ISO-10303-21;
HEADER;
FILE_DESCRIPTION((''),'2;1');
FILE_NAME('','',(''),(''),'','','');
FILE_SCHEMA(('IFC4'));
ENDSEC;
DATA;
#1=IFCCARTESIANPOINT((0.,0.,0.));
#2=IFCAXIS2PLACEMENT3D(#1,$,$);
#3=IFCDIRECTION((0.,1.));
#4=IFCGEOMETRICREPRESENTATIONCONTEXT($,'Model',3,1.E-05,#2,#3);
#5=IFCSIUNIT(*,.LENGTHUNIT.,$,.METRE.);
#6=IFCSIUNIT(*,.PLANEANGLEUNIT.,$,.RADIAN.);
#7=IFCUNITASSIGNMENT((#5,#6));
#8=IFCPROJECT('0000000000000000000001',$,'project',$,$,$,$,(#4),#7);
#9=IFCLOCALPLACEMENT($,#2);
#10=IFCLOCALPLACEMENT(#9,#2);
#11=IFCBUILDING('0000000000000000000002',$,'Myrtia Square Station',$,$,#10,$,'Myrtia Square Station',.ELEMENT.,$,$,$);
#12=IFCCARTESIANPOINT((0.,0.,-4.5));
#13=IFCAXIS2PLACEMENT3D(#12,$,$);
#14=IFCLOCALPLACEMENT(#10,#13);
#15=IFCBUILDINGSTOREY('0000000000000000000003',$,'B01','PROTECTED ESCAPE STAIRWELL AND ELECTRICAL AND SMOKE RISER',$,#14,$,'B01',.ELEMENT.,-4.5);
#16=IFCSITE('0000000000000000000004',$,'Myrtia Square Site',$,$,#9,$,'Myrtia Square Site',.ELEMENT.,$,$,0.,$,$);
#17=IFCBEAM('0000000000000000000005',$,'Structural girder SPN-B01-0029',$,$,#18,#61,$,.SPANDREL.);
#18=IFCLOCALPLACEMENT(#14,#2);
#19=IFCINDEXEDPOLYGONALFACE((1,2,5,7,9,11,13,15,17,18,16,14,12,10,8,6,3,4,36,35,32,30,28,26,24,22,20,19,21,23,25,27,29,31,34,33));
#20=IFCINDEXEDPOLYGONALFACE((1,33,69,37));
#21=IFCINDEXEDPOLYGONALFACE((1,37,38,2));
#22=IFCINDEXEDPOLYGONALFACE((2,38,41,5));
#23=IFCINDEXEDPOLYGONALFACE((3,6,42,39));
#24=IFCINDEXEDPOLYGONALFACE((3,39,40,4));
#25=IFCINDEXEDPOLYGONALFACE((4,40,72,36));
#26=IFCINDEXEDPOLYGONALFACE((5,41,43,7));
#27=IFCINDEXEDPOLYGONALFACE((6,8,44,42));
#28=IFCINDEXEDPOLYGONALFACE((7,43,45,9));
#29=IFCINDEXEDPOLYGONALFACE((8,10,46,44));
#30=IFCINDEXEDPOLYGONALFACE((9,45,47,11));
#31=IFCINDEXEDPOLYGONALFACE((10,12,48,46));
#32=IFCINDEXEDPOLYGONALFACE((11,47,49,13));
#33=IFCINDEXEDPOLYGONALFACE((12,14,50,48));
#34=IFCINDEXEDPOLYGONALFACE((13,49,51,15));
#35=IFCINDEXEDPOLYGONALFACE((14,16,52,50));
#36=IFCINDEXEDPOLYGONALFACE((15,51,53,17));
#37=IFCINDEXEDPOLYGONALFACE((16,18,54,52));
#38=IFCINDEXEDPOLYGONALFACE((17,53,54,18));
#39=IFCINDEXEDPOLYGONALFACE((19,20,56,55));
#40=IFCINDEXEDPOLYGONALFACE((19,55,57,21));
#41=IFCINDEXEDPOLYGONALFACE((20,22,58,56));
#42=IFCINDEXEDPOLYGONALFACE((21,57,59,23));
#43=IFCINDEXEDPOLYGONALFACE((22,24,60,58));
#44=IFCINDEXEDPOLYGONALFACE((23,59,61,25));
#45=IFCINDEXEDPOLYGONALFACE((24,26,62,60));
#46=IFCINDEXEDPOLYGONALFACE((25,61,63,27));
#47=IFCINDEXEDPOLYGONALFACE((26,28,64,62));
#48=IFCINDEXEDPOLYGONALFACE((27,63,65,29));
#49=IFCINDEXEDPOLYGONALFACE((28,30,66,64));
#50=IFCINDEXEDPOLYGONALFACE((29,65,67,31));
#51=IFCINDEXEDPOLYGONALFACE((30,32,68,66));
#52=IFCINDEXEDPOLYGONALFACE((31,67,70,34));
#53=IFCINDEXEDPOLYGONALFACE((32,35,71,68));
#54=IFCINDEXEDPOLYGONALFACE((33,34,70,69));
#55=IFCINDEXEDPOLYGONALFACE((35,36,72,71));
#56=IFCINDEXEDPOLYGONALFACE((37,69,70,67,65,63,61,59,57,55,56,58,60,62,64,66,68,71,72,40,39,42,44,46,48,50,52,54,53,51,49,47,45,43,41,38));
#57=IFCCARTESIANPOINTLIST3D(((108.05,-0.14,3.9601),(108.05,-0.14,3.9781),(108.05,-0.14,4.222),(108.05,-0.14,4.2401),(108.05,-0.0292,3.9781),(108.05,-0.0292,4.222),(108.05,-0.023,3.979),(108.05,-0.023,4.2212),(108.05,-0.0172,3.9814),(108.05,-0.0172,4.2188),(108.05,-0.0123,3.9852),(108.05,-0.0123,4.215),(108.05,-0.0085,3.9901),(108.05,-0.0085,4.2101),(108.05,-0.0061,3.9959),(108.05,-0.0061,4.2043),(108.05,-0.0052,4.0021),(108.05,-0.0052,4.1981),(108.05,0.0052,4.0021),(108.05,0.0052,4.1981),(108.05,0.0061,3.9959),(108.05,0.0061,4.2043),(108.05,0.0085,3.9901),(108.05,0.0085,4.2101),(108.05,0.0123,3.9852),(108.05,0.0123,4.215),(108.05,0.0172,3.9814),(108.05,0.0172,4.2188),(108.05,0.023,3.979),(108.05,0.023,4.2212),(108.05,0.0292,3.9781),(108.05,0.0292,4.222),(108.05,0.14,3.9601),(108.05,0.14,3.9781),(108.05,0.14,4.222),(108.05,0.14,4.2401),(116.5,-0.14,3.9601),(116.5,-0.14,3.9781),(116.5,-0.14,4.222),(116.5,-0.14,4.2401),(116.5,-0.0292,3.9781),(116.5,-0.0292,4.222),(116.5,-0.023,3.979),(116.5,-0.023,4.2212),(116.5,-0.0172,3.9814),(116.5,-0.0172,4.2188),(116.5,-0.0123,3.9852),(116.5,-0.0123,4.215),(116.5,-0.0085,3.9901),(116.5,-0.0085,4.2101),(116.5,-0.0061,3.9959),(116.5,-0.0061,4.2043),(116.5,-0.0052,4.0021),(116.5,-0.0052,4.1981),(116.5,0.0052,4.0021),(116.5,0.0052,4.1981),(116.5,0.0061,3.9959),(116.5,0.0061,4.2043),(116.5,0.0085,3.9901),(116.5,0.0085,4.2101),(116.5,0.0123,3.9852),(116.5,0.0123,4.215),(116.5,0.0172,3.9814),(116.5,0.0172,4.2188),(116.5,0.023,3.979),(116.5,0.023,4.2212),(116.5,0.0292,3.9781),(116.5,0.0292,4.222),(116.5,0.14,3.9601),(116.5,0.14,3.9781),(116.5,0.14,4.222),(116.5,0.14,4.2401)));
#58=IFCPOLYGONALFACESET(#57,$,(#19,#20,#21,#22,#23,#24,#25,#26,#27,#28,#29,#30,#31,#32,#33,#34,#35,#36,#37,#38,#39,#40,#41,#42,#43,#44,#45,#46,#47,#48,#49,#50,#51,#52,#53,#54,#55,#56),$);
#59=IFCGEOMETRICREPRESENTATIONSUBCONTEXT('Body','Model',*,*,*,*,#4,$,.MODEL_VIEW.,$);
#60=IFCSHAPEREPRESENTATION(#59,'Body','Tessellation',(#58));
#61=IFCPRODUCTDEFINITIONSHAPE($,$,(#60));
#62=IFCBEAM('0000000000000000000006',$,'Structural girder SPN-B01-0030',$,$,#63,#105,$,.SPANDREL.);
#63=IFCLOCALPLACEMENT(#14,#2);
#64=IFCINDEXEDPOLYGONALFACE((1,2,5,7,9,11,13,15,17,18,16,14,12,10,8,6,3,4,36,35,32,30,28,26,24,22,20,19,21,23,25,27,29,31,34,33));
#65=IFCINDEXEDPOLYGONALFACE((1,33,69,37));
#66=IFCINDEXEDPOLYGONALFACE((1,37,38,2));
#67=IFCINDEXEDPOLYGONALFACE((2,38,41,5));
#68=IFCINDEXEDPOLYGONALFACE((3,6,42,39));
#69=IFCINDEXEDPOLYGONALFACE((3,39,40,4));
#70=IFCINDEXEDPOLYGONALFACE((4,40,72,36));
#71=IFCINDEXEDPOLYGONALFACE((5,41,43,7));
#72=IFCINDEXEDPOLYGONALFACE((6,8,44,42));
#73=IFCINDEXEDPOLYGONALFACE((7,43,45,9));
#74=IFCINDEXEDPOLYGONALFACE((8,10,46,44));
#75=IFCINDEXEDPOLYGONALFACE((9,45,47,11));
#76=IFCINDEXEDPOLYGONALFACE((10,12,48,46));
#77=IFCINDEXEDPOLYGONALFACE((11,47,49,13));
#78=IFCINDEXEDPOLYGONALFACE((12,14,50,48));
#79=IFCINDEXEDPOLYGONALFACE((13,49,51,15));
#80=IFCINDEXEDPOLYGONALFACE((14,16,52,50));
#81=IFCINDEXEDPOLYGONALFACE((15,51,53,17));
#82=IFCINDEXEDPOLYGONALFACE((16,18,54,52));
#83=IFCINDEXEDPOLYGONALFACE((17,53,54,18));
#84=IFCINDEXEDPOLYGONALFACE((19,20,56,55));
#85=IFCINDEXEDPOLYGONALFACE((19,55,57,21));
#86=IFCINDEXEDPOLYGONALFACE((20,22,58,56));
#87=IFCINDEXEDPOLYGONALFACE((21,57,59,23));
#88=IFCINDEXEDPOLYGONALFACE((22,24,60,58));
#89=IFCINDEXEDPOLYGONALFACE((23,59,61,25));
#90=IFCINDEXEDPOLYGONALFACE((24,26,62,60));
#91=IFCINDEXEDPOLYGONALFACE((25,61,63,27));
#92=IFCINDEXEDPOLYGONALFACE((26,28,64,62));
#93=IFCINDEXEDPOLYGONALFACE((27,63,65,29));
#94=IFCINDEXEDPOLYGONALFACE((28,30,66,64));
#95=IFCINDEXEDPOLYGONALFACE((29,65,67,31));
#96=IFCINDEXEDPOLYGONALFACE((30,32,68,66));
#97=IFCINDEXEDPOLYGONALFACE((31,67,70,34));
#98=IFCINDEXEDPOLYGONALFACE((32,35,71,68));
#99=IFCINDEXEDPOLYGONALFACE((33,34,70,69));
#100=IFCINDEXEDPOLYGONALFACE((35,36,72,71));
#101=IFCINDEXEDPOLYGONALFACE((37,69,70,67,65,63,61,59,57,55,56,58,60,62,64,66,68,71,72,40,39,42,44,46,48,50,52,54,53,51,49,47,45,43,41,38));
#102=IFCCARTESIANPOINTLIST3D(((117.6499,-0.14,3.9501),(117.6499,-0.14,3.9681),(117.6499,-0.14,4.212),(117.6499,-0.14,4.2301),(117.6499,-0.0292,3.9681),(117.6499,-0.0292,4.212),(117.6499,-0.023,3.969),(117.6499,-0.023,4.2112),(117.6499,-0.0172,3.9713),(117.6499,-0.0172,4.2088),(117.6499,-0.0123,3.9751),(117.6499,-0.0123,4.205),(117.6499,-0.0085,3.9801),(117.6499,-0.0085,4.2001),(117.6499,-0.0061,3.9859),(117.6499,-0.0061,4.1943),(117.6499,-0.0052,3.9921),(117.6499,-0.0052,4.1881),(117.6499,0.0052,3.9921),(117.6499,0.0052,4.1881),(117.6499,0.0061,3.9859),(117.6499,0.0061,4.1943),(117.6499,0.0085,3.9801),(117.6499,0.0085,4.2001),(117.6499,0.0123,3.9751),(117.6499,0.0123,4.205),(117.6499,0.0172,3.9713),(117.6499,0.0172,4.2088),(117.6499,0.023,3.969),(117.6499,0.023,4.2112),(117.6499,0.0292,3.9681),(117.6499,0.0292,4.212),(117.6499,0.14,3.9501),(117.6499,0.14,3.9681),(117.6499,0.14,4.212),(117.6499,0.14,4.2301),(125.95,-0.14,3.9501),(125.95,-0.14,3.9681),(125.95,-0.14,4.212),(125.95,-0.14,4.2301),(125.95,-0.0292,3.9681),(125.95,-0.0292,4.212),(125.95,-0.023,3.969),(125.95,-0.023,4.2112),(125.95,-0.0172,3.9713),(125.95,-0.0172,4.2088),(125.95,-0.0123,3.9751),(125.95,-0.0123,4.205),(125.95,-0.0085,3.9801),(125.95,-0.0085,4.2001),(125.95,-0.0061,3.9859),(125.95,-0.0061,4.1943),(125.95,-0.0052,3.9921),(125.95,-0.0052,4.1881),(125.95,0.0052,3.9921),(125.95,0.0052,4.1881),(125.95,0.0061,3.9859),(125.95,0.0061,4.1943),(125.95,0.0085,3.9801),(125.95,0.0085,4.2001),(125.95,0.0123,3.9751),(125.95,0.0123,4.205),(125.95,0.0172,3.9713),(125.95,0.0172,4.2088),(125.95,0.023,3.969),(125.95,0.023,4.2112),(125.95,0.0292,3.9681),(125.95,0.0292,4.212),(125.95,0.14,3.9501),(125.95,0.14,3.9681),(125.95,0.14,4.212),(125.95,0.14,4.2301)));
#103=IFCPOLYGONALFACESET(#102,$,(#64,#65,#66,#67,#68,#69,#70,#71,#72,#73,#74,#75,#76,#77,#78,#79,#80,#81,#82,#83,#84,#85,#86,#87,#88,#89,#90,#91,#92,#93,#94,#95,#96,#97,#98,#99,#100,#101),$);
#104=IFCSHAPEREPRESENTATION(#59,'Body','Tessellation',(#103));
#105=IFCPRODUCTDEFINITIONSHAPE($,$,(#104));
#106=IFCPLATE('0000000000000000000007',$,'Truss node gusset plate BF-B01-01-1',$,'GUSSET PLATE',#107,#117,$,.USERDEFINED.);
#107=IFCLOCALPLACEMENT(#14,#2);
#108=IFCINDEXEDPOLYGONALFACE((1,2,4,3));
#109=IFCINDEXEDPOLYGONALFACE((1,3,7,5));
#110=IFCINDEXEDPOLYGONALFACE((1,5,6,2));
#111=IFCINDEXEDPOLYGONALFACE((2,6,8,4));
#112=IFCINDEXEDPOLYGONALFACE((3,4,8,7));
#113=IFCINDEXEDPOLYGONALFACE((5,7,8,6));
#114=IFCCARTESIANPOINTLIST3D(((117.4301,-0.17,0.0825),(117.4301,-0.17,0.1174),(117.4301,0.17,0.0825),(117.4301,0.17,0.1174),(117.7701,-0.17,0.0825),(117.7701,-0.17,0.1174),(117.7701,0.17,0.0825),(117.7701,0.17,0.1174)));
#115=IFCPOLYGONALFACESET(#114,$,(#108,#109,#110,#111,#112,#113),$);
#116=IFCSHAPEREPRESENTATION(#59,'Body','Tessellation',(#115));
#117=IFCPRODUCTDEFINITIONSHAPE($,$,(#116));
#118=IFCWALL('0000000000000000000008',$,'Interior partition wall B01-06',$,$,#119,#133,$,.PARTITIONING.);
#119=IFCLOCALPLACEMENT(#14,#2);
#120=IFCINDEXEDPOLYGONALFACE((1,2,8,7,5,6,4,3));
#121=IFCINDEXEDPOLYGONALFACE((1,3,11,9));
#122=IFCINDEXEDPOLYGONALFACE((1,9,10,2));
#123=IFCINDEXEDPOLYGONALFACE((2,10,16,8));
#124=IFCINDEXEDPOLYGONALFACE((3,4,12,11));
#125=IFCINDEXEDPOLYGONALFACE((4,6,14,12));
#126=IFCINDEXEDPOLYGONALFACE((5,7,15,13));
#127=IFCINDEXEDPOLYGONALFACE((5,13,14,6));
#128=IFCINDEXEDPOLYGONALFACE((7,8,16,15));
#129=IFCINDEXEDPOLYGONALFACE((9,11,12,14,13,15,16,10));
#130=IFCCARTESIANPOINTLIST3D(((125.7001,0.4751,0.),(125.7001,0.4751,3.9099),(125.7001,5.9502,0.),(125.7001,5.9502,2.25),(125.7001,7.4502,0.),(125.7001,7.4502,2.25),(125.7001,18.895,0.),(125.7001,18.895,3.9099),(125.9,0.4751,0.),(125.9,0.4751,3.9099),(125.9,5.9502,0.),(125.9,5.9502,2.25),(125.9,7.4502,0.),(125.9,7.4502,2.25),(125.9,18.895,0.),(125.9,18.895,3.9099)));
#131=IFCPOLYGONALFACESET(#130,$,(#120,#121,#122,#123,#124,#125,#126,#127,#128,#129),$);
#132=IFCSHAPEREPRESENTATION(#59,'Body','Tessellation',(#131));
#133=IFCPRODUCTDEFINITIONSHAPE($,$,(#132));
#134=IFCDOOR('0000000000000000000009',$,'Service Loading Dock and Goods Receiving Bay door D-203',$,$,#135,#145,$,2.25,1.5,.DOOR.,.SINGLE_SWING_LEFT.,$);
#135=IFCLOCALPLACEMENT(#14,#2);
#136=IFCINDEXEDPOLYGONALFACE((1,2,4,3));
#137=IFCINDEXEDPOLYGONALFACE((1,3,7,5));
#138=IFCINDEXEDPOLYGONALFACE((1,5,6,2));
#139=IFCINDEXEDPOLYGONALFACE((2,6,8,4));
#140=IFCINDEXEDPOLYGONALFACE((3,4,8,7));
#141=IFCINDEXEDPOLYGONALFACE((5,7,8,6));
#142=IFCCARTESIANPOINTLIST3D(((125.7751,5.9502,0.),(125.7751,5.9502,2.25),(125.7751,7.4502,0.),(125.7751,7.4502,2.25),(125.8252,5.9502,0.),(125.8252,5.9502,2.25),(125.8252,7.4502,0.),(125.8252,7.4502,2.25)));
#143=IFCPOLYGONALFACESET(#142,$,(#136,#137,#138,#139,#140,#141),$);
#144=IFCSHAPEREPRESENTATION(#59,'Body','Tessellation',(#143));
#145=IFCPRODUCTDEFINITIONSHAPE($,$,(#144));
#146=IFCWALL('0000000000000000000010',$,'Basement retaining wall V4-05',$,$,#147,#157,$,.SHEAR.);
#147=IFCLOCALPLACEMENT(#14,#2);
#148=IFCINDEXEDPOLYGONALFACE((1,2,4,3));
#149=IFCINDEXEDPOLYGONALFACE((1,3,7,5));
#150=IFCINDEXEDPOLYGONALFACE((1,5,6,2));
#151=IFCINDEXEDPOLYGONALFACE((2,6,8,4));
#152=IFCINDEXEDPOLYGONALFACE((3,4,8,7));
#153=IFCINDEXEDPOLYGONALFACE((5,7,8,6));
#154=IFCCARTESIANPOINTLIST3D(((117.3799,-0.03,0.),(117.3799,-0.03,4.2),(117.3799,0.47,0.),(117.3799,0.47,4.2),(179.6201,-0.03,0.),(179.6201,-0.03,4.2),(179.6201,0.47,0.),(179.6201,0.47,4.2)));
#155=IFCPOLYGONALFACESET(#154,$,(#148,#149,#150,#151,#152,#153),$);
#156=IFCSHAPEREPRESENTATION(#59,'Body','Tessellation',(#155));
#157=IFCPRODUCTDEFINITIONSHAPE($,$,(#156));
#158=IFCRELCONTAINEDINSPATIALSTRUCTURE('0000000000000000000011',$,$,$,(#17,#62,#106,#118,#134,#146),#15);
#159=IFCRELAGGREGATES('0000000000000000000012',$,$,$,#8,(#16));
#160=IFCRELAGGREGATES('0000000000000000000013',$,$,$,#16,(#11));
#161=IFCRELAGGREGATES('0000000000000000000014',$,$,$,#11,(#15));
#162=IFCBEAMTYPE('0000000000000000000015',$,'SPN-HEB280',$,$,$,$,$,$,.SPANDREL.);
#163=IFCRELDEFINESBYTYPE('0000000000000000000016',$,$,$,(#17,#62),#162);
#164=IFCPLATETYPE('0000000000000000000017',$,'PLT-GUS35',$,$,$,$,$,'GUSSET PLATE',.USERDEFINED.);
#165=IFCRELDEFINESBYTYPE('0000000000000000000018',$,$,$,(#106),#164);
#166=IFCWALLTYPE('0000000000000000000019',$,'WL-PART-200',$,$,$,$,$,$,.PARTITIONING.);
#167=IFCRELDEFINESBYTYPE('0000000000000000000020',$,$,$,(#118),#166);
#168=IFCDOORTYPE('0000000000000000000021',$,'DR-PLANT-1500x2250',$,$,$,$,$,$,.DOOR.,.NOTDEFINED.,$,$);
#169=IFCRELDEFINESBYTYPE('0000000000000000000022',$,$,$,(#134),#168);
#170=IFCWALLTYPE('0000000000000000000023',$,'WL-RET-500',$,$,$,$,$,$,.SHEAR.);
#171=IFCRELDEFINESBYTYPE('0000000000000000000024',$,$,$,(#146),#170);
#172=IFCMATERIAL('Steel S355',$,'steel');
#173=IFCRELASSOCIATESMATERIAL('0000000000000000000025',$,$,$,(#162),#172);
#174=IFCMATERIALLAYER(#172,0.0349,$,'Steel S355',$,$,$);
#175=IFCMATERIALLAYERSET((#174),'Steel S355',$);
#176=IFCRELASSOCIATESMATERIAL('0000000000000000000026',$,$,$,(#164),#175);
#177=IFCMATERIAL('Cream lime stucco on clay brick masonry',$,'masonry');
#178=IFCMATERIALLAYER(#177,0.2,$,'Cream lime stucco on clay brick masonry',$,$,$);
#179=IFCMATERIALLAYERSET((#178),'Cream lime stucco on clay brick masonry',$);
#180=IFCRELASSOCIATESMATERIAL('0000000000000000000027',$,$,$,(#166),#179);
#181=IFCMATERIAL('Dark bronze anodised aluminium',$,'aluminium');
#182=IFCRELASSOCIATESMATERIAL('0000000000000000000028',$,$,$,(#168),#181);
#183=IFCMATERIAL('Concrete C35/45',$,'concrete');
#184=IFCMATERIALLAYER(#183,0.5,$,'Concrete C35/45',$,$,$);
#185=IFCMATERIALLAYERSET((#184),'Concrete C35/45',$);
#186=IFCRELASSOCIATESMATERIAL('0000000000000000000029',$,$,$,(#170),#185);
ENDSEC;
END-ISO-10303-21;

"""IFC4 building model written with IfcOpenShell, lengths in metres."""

from ifc_helpers import new_model, si_unit, direction, frame, frame_2d, origin, origin_2d, place, context, subcontext, project, spatial, rectangle, i_section, extrude, material, layer, layer_set, material_profile, profile_set, type_object, element, fill, save


model = new_model("IFC4")

# Units and contexts
model_context = context("Model", 3, precision=1e-05, world=origin(), true_north=direction((0.0, 1.0)))
body_context = subcontext(model_context, "Body", "Model", "MODEL_VIEW")
ifc_project = project(units=[si_unit("LENGTHUNIT", "METRE"), si_unit("PLANEANGLEUNIT", "RADIAN")], contexts=[model_context])

# Site, building, storey
site_placement = place(None, origin())
site = spatial("IfcSite", under=ifc_project, at=site_placement, Name="Myrtia Square Site", LongName="Myrtia Square Site", CompositionType="ELEMENT", RefElevation=0.0)
building_placement = place(site_placement, origin())
building = spatial("IfcBuilding", under=site, at=building_placement, Name="Myrtia Square Station", LongName="Myrtia Square Station", CompositionType="ELEMENT")
storey_placement = place(building_placement, frame((0.0, 0.0, -4.5)))
storey = spatial("IfcBuildingStorey", under=building, at=storey_placement, Name="B01", Description="PROTECTED ESCAPE STAIRWELL AND ELECTRICAL AND SMOKE RISER", LongName="B01", CompositionType="ELEMENT", Elevation=-4.5)

# Shared definitions
ifc_material_1 = material(Name="Concrete C35/45", Category="concrete")

# Shared definitions
ifc_material_2 = material(Name="Steel S355", Category="steel")

# Beams
ifc_material_profile_1 = material_profile(ifc_material_2, i_section(OverallWidth=0.28, OverallDepth=0.28, WebThickness=0.0105, FlangeThickness=0.0181, FilletRadius=0.0239, at=origin_2d()), Name="HEB 280")
ifc_profile_set_1 = profile_set([ifc_material_profile_1], Name="Steel S355")
beam_type_1 = type_object("IfcBeamType", Name="SPN-HEB280", PredefinedType="SPANDREL", material=ifc_profile_set_1)
beam_1_placement = place(storey_placement, frame((108.05, 0.0, 4.1001), z_axis=(1.0, 0.0, 0.0), x_axis=(0.0, 1.0, 0.0)))
element("IfcBeam", 1, at=beam_1_placement, inside=storey, type_object=beam_type_1, Name="Structural girder SPN-B01-0029", PredefinedType="SPANDREL", context=body_context, shape_type="SweptSolid", body=[
    extrude(i_section(OverallWidth=0.28, OverallDepth=0.28, WebThickness=0.0105, FlangeThickness=0.0181, FilletRadius=0.0239, at=origin_2d()), origin(), (0.0, 0.0, 1.0), 8.45),
])
beam_2_placement = place(storey_placement, frame((117.6499, 0.0, 4.0901), z_axis=(1.0, 0.0, 0.0), x_axis=(0.0, 1.0, 0.0)))
element("IfcBeam", 2, at=beam_2_placement, inside=storey, type_object=beam_type_1, Name="Structural girder SPN-B01-0030", PredefinedType="SPANDREL", context=body_context, shape_type="SweptSolid", body=[
    extrude(i_section(OverallWidth=0.28, OverallDepth=0.28, WebThickness=0.0105, FlangeThickness=0.0181, FilletRadius=0.0239, at=origin_2d()), origin(), (0.0, 0.0, 1.0), 8.3),
])

# Plate
ifc_layer_1 = layer(ifc_material_2, 0.0349, Name="Steel S355")
ifc_layer_set_1 = layer_set([ifc_layer_1], Name="Steel S355")
plate_type = type_object("IfcPlateType", Name="PLT-GUS35", ElementType="GUSSET PLATE", PredefinedType="USERDEFINED", material=ifc_layer_set_1)
plate_placement = place(storey_placement, frame((117.6001, 0.0, 0.0825), z_axis=(0.0, 0.0, 1.0), x_axis=(0.0, 1.0, 0.0)))
element("IfcPlate", 3, at=plate_placement, inside=storey, type_object=plate_type, Name="Truss node gusset plate BF-B01-01-1", ObjectType="GUSSET PLATE", PredefinedType="USERDEFINED", context=body_context, shape_type="SweptSolid", body=[
    extrude(rectangle(XDim=0.3401, YDim=0.3401, at=origin_2d()), origin(), (0.0, 0.0, 1.0), 0.0349),
])

# Wall, opening, door
ifc_material_3 = material(Name="Cream lime stucco on clay brick masonry", Category="masonry")
ifc_layer_2 = layer(ifc_material_3, 0.2, Name="Cream lime stucco on clay brick masonry")
ifc_layer_set_2 = layer_set([ifc_layer_2], Name="Cream lime stucco on clay brick masonry")
wall_type_1 = type_object("IfcWallType", Name="WL-PART-200", PredefinedType="PARTITIONING", material=ifc_layer_set_2)
wall_1_placement = place(storey_placement, frame((125.8, 0.4751, 0.0), z_axis=(0.0, 0.0, 1.0), x_axis=(0.0, 1.0, 0.0)))
wall_1 = element("IfcWall", 4, at=wall_1_placement, inside=storey, type_object=wall_type_1, Name="Interior partition wall B01-06", PredefinedType="PARTITIONING", context=body_context, shape_type="SweptSolid", body=[
    extrude(rectangle(XDim=18.4199, YDim=0.2, at=frame_2d((9.21, 0.0))), origin(), (0.0, 0.0, 1.0), 3.9099),
])
opening_placement = place(wall_1_placement, frame((5.4751, 0.0, 0.0)))
opening = element("IfcOpeningElement", 5, at=opening_placement, cuts=wall_1, PredefinedType="OPENING", context=body_context, shape_type="SweptSolid", body=[
    extrude(rectangle(XDim=1.5, YDim=2.25, at=frame_2d((0.75, 1.125))), frame((0.0, 0.115, 0.0), z_axis=(0.0, -1.0, 0.0), x_axis=(1.0, 0.0, 0.0)), (0.0, 0.0, 1.0), 0.23),
])
ifc_material_4 = material(Name="Dark bronze anodised aluminium", Category="aluminium")
door_type = type_object("IfcDoorType", Name="DR-PLANT-1500x2250", OperationType="NOTDEFINED", PredefinedType="DOOR", material=ifc_material_4)
door_placement = place(opening_placement, origin())
door = element("IfcDoor", 6, at=door_placement, inside=storey, type_object=door_type, Name="Service Loading Dock and Goods Receiving Bay door D-203", OperationType="SINGLE_SWING_LEFT", OverallHeight=2.25, OverallWidth=1.5, PredefinedType="DOOR", context=body_context, shape_type="SweptSolid", body=[
    extrude(rectangle(XDim=1.5, YDim=2.25, at=frame_2d((0.75, 1.125))), frame((0.0, 0.0249, 0.0), z_axis=(0.0, -1.0, 0.0), x_axis=(1.0, 0.0, 0.0)), (0.0, 0.0, 1.0), 0.05),
])
fill(opening, door)

# Wall
ifc_layer_3 = layer(ifc_material_1, 0.5, Name="Concrete C35/45")
ifc_layer_set_3 = layer_set([ifc_layer_3], Name="Concrete C35/45")
wall_type_2 = type_object("IfcWallType", Name="WL-RET-500", PredefinedType="SHEAR", material=ifc_layer_set_3)
wall_2_placement = place(storey_placement, frame((117.3799, 0.22, 0.0), z_axis=(0.0, 0.0, 1.0), x_axis=(1.0, 0.0, 0.0)))
element("IfcWall", 7, at=wall_2_placement, inside=storey, type_object=wall_type_2, Name="Basement retaining wall V4-05", PredefinedType="SHEAR", context=body_context, shape_type="SweptSolid", body=[
    extrude(rectangle(XDim=62.2402, YDim=0.5, at=frame_2d((31.1201, 0.0))), origin(), (0.0, 0.0, 1.0), 4.2),
])

save(model, "model.ifc")
